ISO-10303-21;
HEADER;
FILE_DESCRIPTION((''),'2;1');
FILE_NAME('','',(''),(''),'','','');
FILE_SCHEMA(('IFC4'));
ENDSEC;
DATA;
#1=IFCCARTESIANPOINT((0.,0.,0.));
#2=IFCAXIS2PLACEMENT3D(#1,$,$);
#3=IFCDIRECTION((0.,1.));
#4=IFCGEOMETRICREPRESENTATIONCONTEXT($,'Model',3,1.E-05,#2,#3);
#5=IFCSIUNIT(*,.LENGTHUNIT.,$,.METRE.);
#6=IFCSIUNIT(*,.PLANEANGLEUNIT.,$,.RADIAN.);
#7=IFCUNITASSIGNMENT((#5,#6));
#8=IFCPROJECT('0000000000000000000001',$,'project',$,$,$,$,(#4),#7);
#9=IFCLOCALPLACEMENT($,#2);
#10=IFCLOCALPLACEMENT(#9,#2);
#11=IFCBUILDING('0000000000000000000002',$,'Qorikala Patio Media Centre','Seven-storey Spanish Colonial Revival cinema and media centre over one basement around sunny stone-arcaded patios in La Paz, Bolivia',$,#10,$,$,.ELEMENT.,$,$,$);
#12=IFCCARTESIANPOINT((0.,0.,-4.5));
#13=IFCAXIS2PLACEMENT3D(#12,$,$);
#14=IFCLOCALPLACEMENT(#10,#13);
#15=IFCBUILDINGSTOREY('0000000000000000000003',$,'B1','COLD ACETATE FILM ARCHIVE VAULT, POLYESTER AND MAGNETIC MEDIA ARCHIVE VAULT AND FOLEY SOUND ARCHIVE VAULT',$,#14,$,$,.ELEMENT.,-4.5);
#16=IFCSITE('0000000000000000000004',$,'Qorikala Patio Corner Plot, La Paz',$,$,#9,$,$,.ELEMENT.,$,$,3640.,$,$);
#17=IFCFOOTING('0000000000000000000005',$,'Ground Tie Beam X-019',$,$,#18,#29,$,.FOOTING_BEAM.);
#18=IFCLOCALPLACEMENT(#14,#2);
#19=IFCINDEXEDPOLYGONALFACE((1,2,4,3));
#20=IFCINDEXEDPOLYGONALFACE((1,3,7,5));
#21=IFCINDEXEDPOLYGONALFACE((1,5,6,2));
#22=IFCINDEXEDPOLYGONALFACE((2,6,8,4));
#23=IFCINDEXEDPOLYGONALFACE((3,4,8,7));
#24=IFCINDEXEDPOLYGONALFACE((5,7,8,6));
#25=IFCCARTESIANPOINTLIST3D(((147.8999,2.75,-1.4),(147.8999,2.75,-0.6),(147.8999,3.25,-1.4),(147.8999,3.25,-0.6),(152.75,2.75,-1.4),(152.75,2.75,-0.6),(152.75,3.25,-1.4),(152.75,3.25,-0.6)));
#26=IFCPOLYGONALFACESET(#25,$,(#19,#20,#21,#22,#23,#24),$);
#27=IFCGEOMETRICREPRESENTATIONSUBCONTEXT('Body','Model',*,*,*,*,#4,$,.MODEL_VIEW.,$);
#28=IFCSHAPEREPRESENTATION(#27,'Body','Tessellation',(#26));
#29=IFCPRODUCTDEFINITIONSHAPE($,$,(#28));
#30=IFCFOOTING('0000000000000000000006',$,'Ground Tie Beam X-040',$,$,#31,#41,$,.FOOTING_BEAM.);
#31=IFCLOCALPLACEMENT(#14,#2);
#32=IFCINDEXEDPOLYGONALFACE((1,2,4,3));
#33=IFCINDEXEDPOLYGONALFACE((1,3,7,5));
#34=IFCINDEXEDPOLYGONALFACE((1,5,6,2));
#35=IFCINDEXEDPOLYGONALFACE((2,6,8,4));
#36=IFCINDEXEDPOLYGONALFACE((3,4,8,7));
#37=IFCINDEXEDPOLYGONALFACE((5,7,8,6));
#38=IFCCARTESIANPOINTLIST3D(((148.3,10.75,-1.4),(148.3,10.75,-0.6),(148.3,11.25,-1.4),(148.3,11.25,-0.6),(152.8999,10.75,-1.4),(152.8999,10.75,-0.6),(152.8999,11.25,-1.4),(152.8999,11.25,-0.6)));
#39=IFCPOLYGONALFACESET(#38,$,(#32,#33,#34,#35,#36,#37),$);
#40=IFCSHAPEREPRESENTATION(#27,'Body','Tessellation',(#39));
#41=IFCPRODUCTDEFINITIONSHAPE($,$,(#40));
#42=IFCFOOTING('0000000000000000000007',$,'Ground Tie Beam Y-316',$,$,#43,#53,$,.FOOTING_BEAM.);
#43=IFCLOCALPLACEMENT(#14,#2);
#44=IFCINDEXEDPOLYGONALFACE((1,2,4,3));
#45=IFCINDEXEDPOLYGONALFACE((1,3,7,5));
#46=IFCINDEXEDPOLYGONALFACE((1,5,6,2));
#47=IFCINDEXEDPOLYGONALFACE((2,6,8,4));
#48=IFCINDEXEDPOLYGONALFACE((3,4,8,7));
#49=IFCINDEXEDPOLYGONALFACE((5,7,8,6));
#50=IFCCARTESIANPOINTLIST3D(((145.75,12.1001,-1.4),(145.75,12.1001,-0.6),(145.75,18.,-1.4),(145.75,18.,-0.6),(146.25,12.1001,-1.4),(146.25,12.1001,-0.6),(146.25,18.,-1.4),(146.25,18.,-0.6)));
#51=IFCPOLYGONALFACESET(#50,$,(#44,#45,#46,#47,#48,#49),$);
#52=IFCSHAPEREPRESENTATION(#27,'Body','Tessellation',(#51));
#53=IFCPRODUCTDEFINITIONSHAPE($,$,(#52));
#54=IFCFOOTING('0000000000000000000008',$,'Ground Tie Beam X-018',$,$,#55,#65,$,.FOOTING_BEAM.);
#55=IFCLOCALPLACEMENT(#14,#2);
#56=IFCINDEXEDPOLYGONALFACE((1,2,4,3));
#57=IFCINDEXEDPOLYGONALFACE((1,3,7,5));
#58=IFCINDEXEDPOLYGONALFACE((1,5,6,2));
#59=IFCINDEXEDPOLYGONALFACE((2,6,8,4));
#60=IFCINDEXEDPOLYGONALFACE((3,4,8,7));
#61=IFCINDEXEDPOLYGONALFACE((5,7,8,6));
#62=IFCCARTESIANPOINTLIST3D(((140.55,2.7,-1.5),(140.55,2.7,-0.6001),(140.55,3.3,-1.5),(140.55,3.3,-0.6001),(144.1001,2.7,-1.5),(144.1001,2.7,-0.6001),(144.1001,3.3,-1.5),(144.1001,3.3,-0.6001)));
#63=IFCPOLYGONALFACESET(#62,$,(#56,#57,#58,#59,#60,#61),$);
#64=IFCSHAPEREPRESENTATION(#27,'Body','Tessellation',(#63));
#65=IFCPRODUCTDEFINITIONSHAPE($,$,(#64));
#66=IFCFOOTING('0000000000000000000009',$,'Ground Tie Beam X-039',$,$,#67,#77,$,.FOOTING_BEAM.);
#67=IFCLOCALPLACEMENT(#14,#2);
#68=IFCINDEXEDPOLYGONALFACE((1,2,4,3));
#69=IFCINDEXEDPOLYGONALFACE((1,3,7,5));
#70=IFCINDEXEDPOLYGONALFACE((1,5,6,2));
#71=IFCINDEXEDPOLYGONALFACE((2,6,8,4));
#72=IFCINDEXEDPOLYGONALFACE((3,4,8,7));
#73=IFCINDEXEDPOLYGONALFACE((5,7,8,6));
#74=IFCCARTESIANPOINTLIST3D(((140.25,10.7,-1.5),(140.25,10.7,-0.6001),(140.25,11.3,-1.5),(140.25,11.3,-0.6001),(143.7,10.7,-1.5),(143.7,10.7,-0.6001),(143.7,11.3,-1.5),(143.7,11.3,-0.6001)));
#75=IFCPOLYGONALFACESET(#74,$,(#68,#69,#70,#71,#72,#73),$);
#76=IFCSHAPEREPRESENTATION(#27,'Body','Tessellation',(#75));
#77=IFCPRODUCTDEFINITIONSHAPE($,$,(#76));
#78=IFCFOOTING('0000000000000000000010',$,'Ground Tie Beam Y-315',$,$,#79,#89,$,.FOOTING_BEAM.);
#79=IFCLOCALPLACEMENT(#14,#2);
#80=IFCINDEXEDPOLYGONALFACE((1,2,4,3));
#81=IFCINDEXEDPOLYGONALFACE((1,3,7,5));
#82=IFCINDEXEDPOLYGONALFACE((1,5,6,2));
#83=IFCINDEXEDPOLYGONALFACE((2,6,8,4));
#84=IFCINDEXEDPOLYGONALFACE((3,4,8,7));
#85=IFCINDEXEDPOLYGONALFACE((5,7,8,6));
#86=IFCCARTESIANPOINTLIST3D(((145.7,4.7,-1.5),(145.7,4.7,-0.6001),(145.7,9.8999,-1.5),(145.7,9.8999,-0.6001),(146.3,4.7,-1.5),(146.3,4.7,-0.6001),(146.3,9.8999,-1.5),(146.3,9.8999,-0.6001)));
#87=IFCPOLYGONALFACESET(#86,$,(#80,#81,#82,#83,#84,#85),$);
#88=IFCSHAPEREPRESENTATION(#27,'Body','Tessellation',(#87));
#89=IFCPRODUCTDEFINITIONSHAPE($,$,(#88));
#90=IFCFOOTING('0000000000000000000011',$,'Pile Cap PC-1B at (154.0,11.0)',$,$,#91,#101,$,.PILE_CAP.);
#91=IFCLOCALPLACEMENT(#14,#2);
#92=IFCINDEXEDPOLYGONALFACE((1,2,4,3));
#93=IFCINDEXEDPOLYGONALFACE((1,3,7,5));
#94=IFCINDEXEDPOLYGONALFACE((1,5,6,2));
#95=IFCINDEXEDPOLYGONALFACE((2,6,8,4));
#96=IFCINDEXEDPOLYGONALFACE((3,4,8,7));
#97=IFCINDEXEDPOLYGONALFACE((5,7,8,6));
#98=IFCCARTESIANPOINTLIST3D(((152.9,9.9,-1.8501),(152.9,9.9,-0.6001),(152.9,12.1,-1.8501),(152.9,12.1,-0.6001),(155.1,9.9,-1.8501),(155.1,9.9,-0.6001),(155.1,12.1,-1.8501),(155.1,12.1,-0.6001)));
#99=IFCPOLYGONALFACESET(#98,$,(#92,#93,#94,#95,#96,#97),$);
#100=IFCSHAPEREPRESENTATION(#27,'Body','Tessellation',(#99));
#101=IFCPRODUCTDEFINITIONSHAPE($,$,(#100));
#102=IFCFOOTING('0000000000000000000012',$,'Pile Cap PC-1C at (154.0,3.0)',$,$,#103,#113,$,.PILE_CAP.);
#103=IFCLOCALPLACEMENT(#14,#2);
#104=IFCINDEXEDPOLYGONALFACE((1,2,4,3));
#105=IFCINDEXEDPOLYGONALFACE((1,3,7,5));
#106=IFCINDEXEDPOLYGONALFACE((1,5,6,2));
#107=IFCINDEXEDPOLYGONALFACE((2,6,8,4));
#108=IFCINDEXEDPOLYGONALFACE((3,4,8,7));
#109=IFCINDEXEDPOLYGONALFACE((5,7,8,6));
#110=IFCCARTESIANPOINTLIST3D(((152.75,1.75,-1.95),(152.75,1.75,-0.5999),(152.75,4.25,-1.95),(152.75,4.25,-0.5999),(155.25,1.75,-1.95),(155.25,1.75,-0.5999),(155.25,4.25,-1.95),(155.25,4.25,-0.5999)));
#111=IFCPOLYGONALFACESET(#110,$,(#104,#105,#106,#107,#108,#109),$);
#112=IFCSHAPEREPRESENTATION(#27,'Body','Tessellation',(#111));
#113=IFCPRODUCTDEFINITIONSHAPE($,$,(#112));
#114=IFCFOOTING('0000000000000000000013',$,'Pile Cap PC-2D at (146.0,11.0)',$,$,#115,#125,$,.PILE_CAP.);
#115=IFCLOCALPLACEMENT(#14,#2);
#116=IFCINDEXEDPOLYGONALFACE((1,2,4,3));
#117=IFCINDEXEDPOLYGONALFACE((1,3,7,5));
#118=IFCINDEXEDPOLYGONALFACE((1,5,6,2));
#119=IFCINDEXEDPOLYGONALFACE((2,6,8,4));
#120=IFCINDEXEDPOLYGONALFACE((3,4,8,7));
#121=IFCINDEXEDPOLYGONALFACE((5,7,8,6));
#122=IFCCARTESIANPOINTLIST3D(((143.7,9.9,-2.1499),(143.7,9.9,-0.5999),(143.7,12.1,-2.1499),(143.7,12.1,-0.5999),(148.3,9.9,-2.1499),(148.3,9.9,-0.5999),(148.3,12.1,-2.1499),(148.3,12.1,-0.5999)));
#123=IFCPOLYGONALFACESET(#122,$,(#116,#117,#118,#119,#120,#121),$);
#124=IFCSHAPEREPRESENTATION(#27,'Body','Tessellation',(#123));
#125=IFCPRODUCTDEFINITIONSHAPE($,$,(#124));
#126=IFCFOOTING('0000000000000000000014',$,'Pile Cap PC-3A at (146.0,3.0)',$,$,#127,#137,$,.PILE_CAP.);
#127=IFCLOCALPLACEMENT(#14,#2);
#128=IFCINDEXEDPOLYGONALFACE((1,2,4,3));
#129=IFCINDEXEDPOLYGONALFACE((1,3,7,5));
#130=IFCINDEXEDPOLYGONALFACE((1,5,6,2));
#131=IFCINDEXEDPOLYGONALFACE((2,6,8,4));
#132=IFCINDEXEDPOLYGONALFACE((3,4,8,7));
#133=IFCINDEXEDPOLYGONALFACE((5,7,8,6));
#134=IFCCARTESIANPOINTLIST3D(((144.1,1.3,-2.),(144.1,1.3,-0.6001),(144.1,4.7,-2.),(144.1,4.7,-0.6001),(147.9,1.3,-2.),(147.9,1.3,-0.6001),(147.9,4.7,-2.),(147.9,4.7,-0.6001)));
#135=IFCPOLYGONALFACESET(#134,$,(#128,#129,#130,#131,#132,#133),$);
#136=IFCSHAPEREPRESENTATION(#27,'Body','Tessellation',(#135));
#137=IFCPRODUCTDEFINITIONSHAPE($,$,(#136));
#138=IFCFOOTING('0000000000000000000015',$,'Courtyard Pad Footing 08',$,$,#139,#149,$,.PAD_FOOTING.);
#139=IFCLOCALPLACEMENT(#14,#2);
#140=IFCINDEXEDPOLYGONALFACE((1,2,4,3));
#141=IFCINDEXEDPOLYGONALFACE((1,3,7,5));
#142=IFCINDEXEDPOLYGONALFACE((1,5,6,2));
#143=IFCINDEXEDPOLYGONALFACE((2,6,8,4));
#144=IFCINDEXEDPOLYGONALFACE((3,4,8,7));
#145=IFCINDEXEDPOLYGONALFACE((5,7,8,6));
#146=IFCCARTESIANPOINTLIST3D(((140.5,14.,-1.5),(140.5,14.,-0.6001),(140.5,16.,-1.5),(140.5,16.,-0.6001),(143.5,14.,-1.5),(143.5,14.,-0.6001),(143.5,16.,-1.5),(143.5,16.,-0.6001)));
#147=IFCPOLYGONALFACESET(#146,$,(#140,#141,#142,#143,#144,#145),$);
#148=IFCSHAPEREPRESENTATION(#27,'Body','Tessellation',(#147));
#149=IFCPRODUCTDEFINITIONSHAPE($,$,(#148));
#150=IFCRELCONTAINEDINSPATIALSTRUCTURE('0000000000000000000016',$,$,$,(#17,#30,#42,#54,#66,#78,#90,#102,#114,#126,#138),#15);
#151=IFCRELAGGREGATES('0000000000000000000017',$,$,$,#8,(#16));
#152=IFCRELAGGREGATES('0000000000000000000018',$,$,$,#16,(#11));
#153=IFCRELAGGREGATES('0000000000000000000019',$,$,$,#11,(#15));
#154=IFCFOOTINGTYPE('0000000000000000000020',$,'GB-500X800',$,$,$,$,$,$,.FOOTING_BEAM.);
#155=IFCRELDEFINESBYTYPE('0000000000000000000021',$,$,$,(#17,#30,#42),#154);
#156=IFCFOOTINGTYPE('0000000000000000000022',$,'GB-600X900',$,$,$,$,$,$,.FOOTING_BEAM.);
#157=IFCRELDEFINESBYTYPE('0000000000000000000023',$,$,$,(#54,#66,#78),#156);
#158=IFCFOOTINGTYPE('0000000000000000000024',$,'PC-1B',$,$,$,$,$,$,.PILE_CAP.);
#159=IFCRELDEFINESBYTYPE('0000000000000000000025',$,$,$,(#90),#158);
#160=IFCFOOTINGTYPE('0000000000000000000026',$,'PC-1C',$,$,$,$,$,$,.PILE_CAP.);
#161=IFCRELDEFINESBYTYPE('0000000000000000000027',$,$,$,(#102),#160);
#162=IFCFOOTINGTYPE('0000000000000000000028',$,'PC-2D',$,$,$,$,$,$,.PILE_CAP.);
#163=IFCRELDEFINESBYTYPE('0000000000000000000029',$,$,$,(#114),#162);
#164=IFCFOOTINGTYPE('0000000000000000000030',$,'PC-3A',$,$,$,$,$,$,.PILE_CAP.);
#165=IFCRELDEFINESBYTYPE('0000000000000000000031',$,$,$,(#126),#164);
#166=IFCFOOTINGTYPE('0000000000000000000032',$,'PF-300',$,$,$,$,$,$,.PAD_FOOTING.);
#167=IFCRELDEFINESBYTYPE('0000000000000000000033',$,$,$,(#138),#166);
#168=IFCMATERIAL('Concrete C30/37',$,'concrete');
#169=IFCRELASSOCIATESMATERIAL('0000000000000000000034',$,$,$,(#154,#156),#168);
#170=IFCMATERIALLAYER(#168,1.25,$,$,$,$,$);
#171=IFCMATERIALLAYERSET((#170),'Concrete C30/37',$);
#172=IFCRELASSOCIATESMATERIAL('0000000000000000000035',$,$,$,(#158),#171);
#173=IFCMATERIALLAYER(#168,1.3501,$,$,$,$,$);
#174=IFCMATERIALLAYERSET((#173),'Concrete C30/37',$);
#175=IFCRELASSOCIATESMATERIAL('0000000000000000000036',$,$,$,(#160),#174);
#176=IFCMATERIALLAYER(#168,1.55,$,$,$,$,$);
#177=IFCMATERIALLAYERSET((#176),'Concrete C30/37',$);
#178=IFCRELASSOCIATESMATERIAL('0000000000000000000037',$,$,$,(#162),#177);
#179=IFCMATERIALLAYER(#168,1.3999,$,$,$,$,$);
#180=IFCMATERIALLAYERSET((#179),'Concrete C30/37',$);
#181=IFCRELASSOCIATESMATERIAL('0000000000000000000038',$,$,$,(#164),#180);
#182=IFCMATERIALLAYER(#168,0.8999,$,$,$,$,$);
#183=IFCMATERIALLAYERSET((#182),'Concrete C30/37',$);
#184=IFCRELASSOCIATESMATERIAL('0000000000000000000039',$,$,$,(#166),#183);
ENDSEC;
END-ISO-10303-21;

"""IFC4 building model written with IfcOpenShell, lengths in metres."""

from ifc_helpers import new_model, si_unit, direction, frame, origin, origin_2d, place, context, subcontext, project, spatial, rectangle, extrude, material, layer, layer_set, material_profile, profile_set, type_object, element, save


model = new_model("IFC4")

# Units and contexts
model_context = context("Model", 3, precision=1e-05, world=origin(), true_north=direction((0.0, 1.0)))
body_context = subcontext(model_context, "Body", "Model", "MODEL_VIEW")
ifc_project = project(units=[si_unit("LENGTHUNIT", "METRE"), si_unit("PLANEANGLEUNIT", "RADIAN")], contexts=[model_context])

# Site, building, storey
site_placement = place(None, origin())
site = spatial("IfcSite", under=ifc_project, at=site_placement, Name="Qorikala Patio Corner Plot, La Paz", CompositionType="ELEMENT", RefElevation=3640.0)
building_placement = place(site_placement, origin())
building = spatial("IfcBuilding", under=site, at=building_placement, Name="Qorikala Patio Media Centre", Description="Seven-storey Spanish Colonial Revival cinema and media centre over one basement around sunny stone-arcaded patios in La Paz, Bolivia", CompositionType="ELEMENT")
storey_placement = place(building_placement, frame((0.0, 0.0, -4.5)))
storey = spatial("IfcBuildingStorey", under=building, at=storey_placement, Name="B1", Description="COLD ACETATE FILM ARCHIVE VAULT, POLYESTER AND MAGNETIC MEDIA ARCHIVE VAULT AND FOLEY SOUND ARCHIVE VAULT", CompositionType="ELEMENT", Elevation=-4.5)

# Footings
ifc_material_1 = material(Name="Concrete C30/37", Category="concrete")
ifc_material_profile_1 = material_profile(ifc_material_1, rectangle(XDim=0.5, YDim=0.8, at=origin_2d()), Name="RC 500x800")
ifc_profile_set_1 = profile_set([ifc_material_profile_1], Name="Concrete C30/37")
footing_type_1 = type_object("IfcFootingType", Name="GB-500X800", PredefinedType="FOOTING_BEAM", material=ifc_profile_set_1)
footing_1_placement = place(storey_placement, frame((147.8999, 3.0, -1.0), z_axis=(1.0, 0.0, 0.0), x_axis=(0.0, 1.0, 0.0)))
element("IfcFooting", 1, at=footing_1_placement, inside=storey, type_object=footing_type_1, Name="Ground Tie Beam X-019", PredefinedType="FOOTING_BEAM", context=body_context, shape_type="SweptSolid", body=[
    extrude(rectangle(XDim=0.5, YDim=0.8, at=origin_2d()), origin(), (0.0, 0.0, 1.0), 4.8501),
])
footing_2_placement = place(storey_placement, frame((148.3, 11.0, -1.0), z_axis=(1.0, 0.0, 0.0), x_axis=(0.0, 1.0, 0.0)))
element("IfcFooting", 2, at=footing_2_placement, inside=storey, type_object=footing_type_1, Name="Ground Tie Beam X-040", PredefinedType="FOOTING_BEAM", context=body_context, shape_type="SweptSolid", body=[
    extrude(rectangle(XDim=0.5, YDim=0.8, at=origin_2d()), origin(), (0.0, 0.0, 1.0), 4.5999),
])
footing_3_placement = place(storey_placement, frame((146.0, 12.1001, -1.0), z_axis=(0.0, 1.0, 0.0), x_axis=(-1.0, 0.0, 0.0)))
element("IfcFooting", 3, at=footing_3_placement, inside=storey, type_object=footing_type_1, Name="Ground Tie Beam Y-316", PredefinedType="FOOTING_BEAM", context=body_context, shape_type="SweptSolid", body=[
    extrude(rectangle(XDim=0.5, YDim=0.8, at=origin_2d()), origin(), (0.0, 0.0, 1.0), 5.8999),
])
ifc_material_profile_2 = material_profile(ifc_material_1, rectangle(XDim=0.6001, YDim=0.8999, at=origin_2d()), Name="RC 600x900")
ifc_profile_set_2 = profile_set([ifc_material_profile_2], Name="Concrete C30/37")
footing_type_2 = type_object("IfcFootingType", Name="GB-600X900", PredefinedType="FOOTING_BEAM", material=ifc_profile_set_2)
footing_4_placement = place(storey_placement, frame((140.55, 3.0, -1.05), z_axis=(1.0, 0.0, 0.0), x_axis=(0.0, 1.0, 0.0)))
element("IfcFooting", 4, at=footing_4_placement, inside=storey, type_object=footing_type_2, Name="Ground Tie Beam X-018", PredefinedType="FOOTING_BEAM", context=body_context, shape_type="SweptSolid", body=[
    extrude(rectangle(XDim=0.6001, YDim=0.8999, at=origin_2d()), origin(), (0.0, 0.0, 1.0), 3.55),
])
footing_5_placement = place(storey_placement, frame((140.25, 11.0, -1.05), z_axis=(1.0, 0.0, 0.0), x_axis=(0.0, 1.0, 0.0)))
element("IfcFooting", 5, at=footing_5_placement, inside=storey, type_object=footing_type_2, Name="Ground Tie Beam X-039", PredefinedType="FOOTING_BEAM", context=body_context, shape_type="SweptSolid", body=[
    extrude(rectangle(XDim=0.6001, YDim=0.8999, at=origin_2d()), origin(), (0.0, 0.0, 1.0), 3.45),
])
footing_6_placement = place(storey_placement, frame((146.0, 4.7, -1.05), z_axis=(0.0, 1.0, 0.0), x_axis=(-1.0, 0.0, 0.0)))
element("IfcFooting", 6, at=footing_6_placement, inside=storey, type_object=footing_type_2, Name="Ground Tie Beam Y-315", PredefinedType="FOOTING_BEAM", context=body_context, shape_type="SweptSolid", body=[
    extrude(rectangle(XDim=0.6001, YDim=0.8999, at=origin_2d()), origin(), (0.0, 0.0, 1.0), 5.2),
])
ifc_layer_1 = layer(ifc_material_1, 1.25)
ifc_layer_set_1 = layer_set([ifc_layer_1], Name="Concrete C30/37")
footing_type_3 = type_object("IfcFootingType", Name="PC-1B", PredefinedType="PILE_CAP", material=ifc_layer_set_1)
footing_7_placement = place(storey_placement, frame((154.0, 11.0, -1.8501), z_axis=(0.0, 0.0, 1.0), x_axis=(1.0, 0.0, 0.0)))
element("IfcFooting", 7, at=footing_7_placement, inside=storey, type_object=footing_type_3, Name="Pile Cap PC-1B at (154.0,11.0)", PredefinedType="PILE_CAP", context=body_context, shape_type="SweptSolid", body=[
    extrude(rectangle(XDim=2.2, YDim=2.2, at=origin_2d()), origin(), (0.0, 0.0, 1.0), 1.25),
])
ifc_layer_2 = layer(ifc_material_1, 1.3501)
ifc_layer_set_2 = layer_set([ifc_layer_2], Name="Concrete C30/37")
footing_type_4 = type_object("IfcFootingType", Name="PC-1C", PredefinedType="PILE_CAP", material=ifc_layer_set_2)
footing_8_placement = place(storey_placement, frame((154.0, 3.0, -1.95), z_axis=(0.0, 0.0, 1.0), x_axis=(1.0, 0.0, 0.0)))
element("IfcFooting", 8, at=footing_8_placement, inside=storey, type_object=footing_type_4, Name="Pile Cap PC-1C at (154.0,3.0)", PredefinedType="PILE_CAP", context=body_context, shape_type="SweptSolid", body=[
    extrude(rectangle(XDim=2.5, YDim=2.5, at=origin_2d()), origin(), (0.0, 0.0, 1.0), 1.3501),
])
ifc_layer_3 = layer(ifc_material_1, 1.55)
ifc_layer_set_3 = layer_set([ifc_layer_3], Name="Concrete C30/37")
footing_type_5 = type_object("IfcFootingType", Name="PC-2D", PredefinedType="PILE_CAP", material=ifc_layer_set_3)
footing_9_placement = place(storey_placement, frame((146.0, 11.0, -2.1499), z_axis=(0.0, 0.0, 1.0), x_axis=(1.0, 0.0, 0.0)))
element("IfcFooting", 9, at=footing_9_placement, inside=storey, type_object=footing_type_5, Name="Pile Cap PC-2D at (146.0,11.0)", PredefinedType="PILE_CAP", context=body_context, shape_type="SweptSolid", body=[
    extrude(rectangle(XDim=4.6001, YDim=2.2, at=origin_2d()), origin(), (0.0, 0.0, 1.0), 1.55),
])
ifc_layer_4 = layer(ifc_material_1, 1.3999)
ifc_layer_set_4 = layer_set([ifc_layer_4], Name="Concrete C30/37")
footing_type_6 = type_object("IfcFootingType", Name="PC-3A", PredefinedType="PILE_CAP", material=ifc_layer_set_4)
footing_10_placement = place(storey_placement, frame((146.0, 3.0, -2.0), z_axis=(0.0, 0.0, 1.0), x_axis=(1.0, 0.0, 0.0)))
element("IfcFooting", 10, at=footing_10_placement, inside=storey, type_object=footing_type_6, Name="Pile Cap PC-3A at (146.0,3.0)", PredefinedType="PILE_CAP", context=body_context, shape_type="SweptSolid", body=[
    extrude(rectangle(XDim=3.8, YDim=3.3999, at=origin_2d()), origin(), (0.0, 0.0, 1.0), 1.3999),
])
ifc_layer_5 = layer(ifc_material_1, 0.8999)
ifc_layer_set_5 = layer_set([ifc_layer_5], Name="Concrete C30/37")
footing_type_7 = type_object("IfcFootingType", Name="PF-300", PredefinedType="PAD_FOOTING", material=ifc_layer_set_5)
footing_11_placement = place(storey_placement, frame((142.0, 15.0, -1.5), z_axis=(0.0, 0.0, 1.0), x_axis=(1.0, 0.0, 0.0)))
element("IfcFooting", 11, at=footing_11_placement, inside=storey, type_object=footing_type_7, Name="Courtyard Pad Footing 08", PredefinedType="PAD_FOOTING", context=body_context, shape_type="SweptSolid", body=[
    extrude(rectangle(XDim=3.0, YDim=2.0, at=origin_2d()), origin(), (0.0, 0.0, 1.0), 0.8999),
])

save(model, "model.ifc")
